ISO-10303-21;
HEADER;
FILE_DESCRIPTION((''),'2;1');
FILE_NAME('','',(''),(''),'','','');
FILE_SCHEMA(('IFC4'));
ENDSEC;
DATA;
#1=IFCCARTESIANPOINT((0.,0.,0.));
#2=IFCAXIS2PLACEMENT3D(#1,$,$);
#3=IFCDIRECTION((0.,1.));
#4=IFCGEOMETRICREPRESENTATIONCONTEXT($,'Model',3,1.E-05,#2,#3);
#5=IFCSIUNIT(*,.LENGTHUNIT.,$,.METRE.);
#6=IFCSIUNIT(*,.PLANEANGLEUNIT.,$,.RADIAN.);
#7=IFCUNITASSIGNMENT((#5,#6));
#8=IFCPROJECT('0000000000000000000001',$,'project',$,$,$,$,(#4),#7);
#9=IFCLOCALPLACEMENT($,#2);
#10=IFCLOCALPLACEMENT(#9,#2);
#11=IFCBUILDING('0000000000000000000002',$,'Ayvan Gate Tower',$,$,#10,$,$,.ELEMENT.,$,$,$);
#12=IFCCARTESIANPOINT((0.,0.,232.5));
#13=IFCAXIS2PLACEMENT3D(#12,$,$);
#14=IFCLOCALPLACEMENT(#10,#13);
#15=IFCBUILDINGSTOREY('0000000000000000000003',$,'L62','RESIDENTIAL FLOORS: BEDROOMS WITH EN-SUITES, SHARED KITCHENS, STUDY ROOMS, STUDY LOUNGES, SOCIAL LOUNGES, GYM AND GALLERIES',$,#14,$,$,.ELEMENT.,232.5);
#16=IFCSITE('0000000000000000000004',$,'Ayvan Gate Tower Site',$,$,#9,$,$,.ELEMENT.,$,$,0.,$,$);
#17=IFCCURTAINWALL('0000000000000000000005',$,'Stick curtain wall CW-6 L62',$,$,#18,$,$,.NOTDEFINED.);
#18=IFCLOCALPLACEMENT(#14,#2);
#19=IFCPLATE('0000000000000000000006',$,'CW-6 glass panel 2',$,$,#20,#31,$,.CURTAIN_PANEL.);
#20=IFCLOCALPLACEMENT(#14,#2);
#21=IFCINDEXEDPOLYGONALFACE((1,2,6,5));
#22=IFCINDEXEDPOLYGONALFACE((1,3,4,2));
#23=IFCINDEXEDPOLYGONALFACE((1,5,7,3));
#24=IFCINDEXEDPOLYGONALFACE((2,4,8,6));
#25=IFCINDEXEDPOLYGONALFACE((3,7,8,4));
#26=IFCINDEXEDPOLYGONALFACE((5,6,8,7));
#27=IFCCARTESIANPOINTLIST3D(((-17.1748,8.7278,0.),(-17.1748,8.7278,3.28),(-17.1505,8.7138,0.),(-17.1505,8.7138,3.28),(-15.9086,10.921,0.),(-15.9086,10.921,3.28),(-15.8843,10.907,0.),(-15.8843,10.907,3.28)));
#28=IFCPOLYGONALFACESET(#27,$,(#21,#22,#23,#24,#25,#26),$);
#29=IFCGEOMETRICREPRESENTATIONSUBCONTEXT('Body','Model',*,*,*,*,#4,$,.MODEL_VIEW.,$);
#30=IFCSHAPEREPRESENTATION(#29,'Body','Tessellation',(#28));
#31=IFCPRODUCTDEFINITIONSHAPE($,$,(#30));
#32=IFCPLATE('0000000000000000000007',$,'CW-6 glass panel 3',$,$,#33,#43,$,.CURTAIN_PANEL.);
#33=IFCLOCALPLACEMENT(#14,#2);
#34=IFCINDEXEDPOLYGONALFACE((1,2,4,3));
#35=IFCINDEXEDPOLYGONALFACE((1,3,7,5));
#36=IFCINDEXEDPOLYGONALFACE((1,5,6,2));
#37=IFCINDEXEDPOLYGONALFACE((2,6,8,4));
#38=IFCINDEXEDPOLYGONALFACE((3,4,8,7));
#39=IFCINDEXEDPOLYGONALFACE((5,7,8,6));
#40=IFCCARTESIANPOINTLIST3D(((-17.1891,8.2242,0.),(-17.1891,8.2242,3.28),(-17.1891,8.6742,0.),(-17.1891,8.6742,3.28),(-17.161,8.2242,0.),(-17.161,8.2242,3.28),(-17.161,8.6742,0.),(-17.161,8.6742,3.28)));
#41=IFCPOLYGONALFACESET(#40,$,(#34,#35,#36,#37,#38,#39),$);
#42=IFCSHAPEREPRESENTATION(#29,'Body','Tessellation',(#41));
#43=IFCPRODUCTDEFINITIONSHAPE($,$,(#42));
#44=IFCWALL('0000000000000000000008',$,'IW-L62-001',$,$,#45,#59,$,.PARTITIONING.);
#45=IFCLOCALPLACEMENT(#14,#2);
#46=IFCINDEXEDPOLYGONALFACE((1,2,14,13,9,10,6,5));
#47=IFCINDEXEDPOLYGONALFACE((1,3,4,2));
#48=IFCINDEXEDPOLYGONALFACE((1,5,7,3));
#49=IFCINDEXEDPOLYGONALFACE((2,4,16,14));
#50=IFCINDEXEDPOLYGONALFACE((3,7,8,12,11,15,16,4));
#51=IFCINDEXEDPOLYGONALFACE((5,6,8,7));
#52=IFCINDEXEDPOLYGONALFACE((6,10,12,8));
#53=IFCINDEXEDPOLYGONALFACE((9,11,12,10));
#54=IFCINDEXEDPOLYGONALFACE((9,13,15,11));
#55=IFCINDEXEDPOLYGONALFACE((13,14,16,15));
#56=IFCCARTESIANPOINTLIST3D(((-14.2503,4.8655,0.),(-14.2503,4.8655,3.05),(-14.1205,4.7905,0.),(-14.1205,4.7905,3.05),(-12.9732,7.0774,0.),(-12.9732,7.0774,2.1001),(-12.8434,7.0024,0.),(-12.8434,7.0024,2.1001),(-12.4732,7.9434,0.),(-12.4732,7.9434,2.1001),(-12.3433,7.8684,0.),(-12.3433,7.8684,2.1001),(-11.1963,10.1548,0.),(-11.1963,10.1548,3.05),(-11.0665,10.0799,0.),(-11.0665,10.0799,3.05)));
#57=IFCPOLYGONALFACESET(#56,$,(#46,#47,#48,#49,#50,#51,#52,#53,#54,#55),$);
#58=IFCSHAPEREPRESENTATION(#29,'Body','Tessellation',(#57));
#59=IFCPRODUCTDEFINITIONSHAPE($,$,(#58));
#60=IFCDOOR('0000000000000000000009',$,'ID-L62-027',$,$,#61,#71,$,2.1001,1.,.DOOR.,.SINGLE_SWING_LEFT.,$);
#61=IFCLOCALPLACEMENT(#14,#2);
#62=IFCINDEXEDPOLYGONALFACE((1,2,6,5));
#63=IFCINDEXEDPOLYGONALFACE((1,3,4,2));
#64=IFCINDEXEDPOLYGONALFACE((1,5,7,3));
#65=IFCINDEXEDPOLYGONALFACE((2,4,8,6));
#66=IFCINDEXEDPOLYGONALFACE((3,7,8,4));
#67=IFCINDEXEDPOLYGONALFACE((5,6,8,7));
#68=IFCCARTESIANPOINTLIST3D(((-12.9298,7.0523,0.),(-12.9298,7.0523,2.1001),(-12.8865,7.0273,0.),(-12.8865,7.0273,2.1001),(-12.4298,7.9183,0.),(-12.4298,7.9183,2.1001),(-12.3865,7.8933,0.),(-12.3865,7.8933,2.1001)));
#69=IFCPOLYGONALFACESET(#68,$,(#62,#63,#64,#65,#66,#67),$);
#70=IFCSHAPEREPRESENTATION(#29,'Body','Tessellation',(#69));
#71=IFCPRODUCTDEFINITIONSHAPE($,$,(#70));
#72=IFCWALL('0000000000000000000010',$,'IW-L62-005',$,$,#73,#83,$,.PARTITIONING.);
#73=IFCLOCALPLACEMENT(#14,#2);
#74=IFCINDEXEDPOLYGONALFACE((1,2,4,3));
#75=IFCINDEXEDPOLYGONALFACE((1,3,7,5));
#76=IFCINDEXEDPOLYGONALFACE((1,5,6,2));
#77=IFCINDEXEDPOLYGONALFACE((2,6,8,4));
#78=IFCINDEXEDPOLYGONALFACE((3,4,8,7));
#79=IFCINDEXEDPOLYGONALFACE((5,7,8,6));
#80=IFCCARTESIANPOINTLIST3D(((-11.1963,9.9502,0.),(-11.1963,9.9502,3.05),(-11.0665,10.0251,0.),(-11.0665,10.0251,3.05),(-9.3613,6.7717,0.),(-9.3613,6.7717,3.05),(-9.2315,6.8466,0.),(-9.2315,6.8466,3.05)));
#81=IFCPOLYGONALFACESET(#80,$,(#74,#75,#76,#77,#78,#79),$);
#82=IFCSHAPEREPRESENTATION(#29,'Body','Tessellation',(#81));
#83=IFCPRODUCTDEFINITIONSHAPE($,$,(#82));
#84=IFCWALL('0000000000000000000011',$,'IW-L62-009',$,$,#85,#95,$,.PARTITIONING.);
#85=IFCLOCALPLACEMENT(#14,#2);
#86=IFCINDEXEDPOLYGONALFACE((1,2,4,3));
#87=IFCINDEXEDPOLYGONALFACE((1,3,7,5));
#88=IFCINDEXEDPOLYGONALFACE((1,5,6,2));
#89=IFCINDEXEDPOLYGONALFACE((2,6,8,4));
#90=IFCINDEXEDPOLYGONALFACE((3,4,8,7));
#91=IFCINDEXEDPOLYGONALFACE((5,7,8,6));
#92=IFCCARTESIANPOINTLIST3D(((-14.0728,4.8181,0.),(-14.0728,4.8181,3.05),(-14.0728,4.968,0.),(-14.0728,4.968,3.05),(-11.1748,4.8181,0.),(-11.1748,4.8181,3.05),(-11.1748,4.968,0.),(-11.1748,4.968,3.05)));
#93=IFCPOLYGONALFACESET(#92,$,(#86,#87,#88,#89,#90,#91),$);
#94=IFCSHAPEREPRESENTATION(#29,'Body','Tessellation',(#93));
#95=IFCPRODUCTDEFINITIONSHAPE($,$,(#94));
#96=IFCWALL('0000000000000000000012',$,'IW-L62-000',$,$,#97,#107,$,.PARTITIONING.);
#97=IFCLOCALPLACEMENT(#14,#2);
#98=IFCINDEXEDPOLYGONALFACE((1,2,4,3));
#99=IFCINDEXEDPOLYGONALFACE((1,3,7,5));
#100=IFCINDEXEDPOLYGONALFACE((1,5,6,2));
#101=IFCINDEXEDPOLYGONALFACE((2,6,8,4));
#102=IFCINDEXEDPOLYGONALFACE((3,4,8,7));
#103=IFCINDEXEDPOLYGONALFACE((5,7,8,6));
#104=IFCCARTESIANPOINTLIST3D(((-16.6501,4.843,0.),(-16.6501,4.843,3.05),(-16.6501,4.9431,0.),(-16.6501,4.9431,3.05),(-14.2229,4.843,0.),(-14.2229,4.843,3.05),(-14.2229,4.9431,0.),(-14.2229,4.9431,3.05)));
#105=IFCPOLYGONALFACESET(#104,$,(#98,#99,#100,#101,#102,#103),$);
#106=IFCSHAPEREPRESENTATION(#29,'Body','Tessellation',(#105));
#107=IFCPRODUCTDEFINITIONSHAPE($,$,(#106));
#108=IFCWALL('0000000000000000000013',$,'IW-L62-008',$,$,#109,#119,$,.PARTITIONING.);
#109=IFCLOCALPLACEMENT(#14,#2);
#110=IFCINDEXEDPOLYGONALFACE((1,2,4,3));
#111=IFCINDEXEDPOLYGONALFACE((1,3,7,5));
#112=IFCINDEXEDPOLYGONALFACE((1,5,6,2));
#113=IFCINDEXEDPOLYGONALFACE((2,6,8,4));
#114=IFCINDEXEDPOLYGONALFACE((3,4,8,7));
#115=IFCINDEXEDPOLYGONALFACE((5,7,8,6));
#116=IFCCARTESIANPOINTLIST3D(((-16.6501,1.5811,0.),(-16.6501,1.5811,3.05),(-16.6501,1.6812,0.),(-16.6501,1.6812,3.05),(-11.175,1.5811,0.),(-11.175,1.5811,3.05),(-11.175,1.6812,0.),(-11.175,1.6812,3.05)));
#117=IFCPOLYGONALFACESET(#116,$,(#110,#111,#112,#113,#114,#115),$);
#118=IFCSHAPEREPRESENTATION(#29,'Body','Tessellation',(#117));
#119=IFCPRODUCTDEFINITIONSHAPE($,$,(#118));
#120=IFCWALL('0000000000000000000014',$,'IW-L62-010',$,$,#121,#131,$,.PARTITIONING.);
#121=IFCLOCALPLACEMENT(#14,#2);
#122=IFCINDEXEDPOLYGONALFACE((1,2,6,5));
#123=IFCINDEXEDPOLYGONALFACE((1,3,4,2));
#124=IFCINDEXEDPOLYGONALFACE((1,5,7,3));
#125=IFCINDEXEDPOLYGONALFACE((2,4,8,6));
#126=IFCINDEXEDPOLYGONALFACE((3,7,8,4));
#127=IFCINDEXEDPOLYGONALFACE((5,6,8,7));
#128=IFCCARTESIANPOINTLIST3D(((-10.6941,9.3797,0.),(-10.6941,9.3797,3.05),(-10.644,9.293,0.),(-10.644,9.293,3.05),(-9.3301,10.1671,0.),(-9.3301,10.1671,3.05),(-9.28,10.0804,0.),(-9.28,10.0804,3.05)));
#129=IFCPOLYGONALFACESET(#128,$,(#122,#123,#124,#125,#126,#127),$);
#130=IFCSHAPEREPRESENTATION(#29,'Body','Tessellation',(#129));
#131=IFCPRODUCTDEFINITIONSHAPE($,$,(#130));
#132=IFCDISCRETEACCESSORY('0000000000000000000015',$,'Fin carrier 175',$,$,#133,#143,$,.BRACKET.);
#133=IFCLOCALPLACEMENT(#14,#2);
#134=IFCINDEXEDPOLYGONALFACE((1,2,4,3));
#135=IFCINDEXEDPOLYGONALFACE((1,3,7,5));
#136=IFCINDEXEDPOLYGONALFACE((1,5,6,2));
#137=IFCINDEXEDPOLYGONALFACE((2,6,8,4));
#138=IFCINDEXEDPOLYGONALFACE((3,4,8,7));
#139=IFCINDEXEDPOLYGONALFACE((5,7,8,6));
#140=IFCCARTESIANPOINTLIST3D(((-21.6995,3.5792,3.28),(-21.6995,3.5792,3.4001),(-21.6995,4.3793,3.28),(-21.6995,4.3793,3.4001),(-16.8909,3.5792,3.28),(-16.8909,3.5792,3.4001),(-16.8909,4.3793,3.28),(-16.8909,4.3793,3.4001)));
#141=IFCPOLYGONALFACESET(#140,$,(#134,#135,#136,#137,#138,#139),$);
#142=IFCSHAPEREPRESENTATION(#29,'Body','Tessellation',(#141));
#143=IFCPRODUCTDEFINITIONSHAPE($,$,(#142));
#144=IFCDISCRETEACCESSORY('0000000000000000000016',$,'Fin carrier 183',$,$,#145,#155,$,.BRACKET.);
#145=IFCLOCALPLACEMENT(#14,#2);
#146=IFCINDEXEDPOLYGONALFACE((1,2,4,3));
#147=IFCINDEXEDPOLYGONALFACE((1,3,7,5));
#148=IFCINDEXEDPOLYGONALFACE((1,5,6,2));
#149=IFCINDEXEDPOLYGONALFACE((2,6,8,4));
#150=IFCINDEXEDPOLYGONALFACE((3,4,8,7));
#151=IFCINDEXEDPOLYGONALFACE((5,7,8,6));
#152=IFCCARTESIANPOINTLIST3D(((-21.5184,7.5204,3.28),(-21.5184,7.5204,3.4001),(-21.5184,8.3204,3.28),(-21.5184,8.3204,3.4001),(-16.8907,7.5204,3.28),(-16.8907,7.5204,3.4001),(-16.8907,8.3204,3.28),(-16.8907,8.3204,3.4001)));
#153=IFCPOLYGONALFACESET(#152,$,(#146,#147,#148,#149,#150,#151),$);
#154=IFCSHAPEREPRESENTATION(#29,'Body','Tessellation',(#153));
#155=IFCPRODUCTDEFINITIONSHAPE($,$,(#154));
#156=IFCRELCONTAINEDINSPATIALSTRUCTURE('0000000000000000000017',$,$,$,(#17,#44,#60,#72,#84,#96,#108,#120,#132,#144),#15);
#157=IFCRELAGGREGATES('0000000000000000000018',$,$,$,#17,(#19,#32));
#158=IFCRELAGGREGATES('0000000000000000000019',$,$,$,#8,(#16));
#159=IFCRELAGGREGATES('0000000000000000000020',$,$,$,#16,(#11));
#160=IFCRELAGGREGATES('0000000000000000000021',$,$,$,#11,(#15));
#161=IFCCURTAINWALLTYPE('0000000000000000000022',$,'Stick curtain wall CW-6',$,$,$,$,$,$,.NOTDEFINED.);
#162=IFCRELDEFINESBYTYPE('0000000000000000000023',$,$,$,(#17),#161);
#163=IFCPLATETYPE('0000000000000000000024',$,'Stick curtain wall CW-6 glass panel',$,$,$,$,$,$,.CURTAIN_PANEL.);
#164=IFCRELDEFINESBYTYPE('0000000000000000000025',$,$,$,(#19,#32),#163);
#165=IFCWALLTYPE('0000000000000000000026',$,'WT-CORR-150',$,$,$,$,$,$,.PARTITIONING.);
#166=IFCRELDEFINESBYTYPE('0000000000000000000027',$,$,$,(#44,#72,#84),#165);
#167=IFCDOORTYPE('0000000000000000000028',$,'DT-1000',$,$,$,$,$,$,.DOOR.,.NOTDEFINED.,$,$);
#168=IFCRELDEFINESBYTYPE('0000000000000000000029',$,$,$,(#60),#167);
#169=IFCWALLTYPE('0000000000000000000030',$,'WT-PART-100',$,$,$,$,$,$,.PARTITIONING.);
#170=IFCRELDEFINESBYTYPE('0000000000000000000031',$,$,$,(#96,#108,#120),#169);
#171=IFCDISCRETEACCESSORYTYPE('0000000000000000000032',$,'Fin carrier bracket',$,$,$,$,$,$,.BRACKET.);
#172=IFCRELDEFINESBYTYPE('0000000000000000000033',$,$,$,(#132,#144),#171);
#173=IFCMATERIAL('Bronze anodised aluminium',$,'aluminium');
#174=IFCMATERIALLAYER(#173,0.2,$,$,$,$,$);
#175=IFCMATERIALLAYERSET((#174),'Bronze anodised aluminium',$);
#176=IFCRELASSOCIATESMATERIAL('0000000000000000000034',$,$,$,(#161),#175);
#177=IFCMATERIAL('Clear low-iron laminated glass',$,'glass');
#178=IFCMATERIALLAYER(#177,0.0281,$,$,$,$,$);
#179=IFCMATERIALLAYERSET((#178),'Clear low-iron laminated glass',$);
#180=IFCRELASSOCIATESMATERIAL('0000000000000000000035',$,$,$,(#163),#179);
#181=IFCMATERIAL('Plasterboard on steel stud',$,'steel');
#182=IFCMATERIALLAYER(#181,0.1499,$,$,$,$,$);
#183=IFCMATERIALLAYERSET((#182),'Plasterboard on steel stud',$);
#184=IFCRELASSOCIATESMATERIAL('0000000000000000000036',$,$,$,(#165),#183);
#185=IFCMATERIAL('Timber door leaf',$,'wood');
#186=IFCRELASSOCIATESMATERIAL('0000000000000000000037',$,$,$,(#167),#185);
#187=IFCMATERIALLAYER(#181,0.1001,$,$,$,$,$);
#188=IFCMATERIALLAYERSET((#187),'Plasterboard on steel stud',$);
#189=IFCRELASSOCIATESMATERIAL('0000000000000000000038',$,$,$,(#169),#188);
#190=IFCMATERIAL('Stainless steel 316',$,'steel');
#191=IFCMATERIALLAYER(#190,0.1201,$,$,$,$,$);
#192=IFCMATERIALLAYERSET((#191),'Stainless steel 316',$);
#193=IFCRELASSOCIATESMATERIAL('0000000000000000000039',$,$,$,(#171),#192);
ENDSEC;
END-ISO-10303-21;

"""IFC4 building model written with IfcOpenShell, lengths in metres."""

from ifc_helpers import new_model, si_unit, direction, frame, frame_2d, origin, origin_2d, place, context, subcontext, project, spatial, rectangle, extrude, material, layer, layer_set, type_object, element, fill, aggregate, save


model = new_model("IFC4")

# Units and contexts
model_context = context("Model", 3, precision=1e-05, world=origin(), true_north=direction((0.0, 1.0)))
body_context = subcontext(model_context, "Body", "Model", "MODEL_VIEW")
ifc_project = project(units=[si_unit("LENGTHUNIT", "METRE"), si_unit("PLANEANGLEUNIT", "RADIAN")], contexts=[model_context])

# Site, building, storey
site_placement = place(None, origin())
site = spatial("IfcSite", under=ifc_project, at=site_placement, Name="Ayvan Gate Tower Site", CompositionType="ELEMENT", RefElevation=0.0)
building_placement = place(site_placement, origin())
building = spatial("IfcBuilding", under=site, at=building_placement, Name="Ayvan Gate Tower", CompositionType="ELEMENT")
storey_placement = place(building_placement, frame((0.0, 0.0, 232.5)))
storey = spatial("IfcBuildingStorey", under=building, at=storey_placement, Name="L62", Description="RESIDENTIAL FLOORS: BEDROOMS WITH EN-SUITES, SHARED KITCHENS, STUDY ROOMS, STUDY LOUNGES, SOCIAL LOUNGES, GYM AND GALLERIES", CompositionType="ELEMENT", Elevation=232.5)

# Curtain wall
ifc_material_1 = material(Name="Bronze anodised aluminium", Category="aluminium")
ifc_layer_1 = layer(ifc_material_1, 0.2)
ifc_layer_set_1 = layer_set([ifc_layer_1], Name="Bronze anodised aluminium")
curtain_wall_type_1 = type_object("IfcCurtainWallType", Name="Stick curtain wall CW-6", PredefinedType="NOTDEFINED", material=ifc_layer_set_1)
curtain_wall_1_placement = place(storey_placement, origin())
curtain_wall_1 = element("IfcCurtainWall", 1, at=curtain_wall_1_placement, inside=storey, type_object=curtain_wall_type_1, Name="Stick curtain wall CW-6 L62", PredefinedType="NOTDEFINED")

# Plates
ifc_material_2 = material(Name="Clear low-iron laminated glass", Category="glass")
ifc_layer_2 = layer(ifc_material_2, 0.0281)
ifc_layer_set_2 = layer_set([ifc_layer_2], Name="Clear low-iron laminated glass")
plate_type_1 = type_object("IfcPlateType", Name="Stick curtain wall CW-6 glass panel", PredefinedType="CURTAIN_PANEL", material=ifc_layer_set_2)
plate_1_placement = place(storey_placement, frame((-16.5295, 9.8174, 0.0), z_axis=(0.0, 0.0, 1.0), x_axis=(-0.5, -0.866025, 0.0)))
plate_1 = element("IfcPlate", 2, at=plate_1_placement, type_object=plate_type_1, Name="CW-6 glass panel 2", PredefinedType="CURTAIN_PANEL", context=body_context, shape_type="SweptSolid", body=[
    extrude(rectangle(XDim=2.5325, YDim=0.0281, at=origin_2d()), origin(), (0.0, 0.0, 1.0), 3.28),
])
plate_2_placement = place(storey_placement, frame((-17.175, 8.4492, 0.0), z_axis=(0.0, 0.0, 1.0), x_axis=(0.0, -1.0, 0.0)))
plate_2 = element("IfcPlate", 3, at=plate_2_placement, type_object=plate_type_1, Name="CW-6 glass panel 3", PredefinedType="CURTAIN_PANEL", context=body_context, shape_type="SweptSolid", body=[
    extrude(rectangle(XDim=0.45, YDim=0.0281, at=origin_2d()), origin(), (0.0, 0.0, 1.0), 3.28),
])
aggregate(curtain_wall_1, [plate_1, plate_2])

# Wall, opening, door
ifc_material_3 = material(Name="Plasterboard on steel stud", Category="steel")
ifc_layer_3 = layer(ifc_material_3, 0.1499)
ifc_layer_set_3 = layer_set([ifc_layer_3], Name="Plasterboard on steel stud")
wall_type_1 = type_object("IfcWallType", Name="WT-CORR-150", PredefinedType="PARTITIONING", material=ifc_layer_set_3)
wall_1_placement = place(storey_placement, frame((-14.1853, 4.8281, 0.0), z_axis=(0.0, 0.0, 1.0), x_axis=(0.500021, 0.866013, 0.0)))
wall_1 = element("IfcWall", 4, at=wall_1_placement, inside=storey, type_object=wall_type_1, Name="IW-L62-001", PredefinedType="PARTITIONING", context=body_context, shape_type="SweptSolid", body=[
    extrude(rectangle(XDim=6.1077, YDim=0.1499, at=frame_2d((3.0537, 0.0))), origin(), (0.0, 0.0, 1.0), 3.05),
])
opening_placement = place(wall_1_placement, frame((2.554, 0.0, 0.0)))
opening = element("IfcOpeningElement", 5, at=opening_placement, cuts=wall_1, PredefinedType="OPENING", context=body_context, shape_type="SweptSolid", body=[
    extrude(rectangle(XDim=1.0, YDim=2.1001, at=frame_2d((0.5, 1.05))), frame((0.0, 0.085, 0.0), z_axis=(0.0, -1.0, 0.0), x_axis=(1.0, 0.0, 0.0)), (0.0, 0.0, 1.0), 0.1699),
])
ifc_material_4 = material(Name="Timber door leaf", Category="wood")
door_type = type_object("IfcDoorType", Name="DT-1000", OperationType="NOTDEFINED", PredefinedType="DOOR", material=ifc_material_4)
door_placement = place(opening_placement, origin())
door = element("IfcDoor", 6, at=door_placement, inside=storey, type_object=door_type, Name="ID-L62-027", OperationType="SINGLE_SWING_LEFT", OverallHeight=2.1001, OverallWidth=1.0, PredefinedType="DOOR", context=body_context, shape_type="SweptSolid", body=[
    extrude(rectangle(XDim=1.0, YDim=2.1001, at=frame_2d((0.5, 1.05))), frame((0.0, 0.0249, 0.0), z_axis=(0.0, -1.0, 0.0), x_axis=(1.0, 0.0, 0.0)), (0.0, 0.0, 1.0), 0.05),
])
fill(opening, door)

# Walls
wall_2_placement = place(storey_placement, frame((-11.1313, 9.9875, 0.0), z_axis=(0.0, 0.0, 1.0), x_axis=(0.499974, -0.86604, 0.0)))
element("IfcWall", 7, at=wall_2_placement, inside=storey, type_object=wall_type_1, Name="IW-L62-005", PredefinedType="PARTITIONING", context=body_context, shape_type="SweptSolid", body=[
    extrude(rectangle(XDim=3.6702, YDim=0.1499, at=frame_2d((1.835, 0.0))), origin(), (0.0, 0.0, 1.0), 3.05),
])
wall_3_placement = place(storey_placement, frame((-11.1748, 4.8931, 0.0), z_axis=(0.0, 0.0, 1.0), x_axis=(-1.0, 0.0, 0.0)))
element("IfcWall", 8, at=wall_3_placement, inside=storey, type_object=wall_type_1, Name="IW-L62-009", PredefinedType="PARTITIONING", context=body_context, shape_type="SweptSolid", body=[
    extrude(rectangle(XDim=2.8979, YDim=0.1499, at=frame_2d((1.449, 0.0))), origin(), (0.0, 0.0, 1.0), 3.05),
])
ifc_layer_4 = layer(ifc_material_3, 0.1001)
ifc_layer_set_4 = layer_set([ifc_layer_4], Name="Plasterboard on steel stud")
wall_type_2 = type_object("IfcWallType", Name="WT-PART-100", PredefinedType="PARTITIONING", material=ifc_layer_set_4)
wall_4_placement = place(storey_placement, frame((-14.2229, 4.8931, 0.0), z_axis=(0.0, 0.0, 1.0), x_axis=(-1.0, 0.0, 0.0)))
element("IfcWall", 9, at=wall_4_placement, inside=storey, type_object=wall_type_2, Name="IW-L62-000", PredefinedType="PARTITIONING", context=body_context, shape_type="SweptSolid", body=[
    extrude(rectangle(XDim=2.4272, YDim=0.1001, at=frame_2d((1.2136, 0.0))), origin(), (0.0, 0.0, 1.0), 3.05),
])
wall_5_placement = place(storey_placement, frame((-11.175, 1.6311, 0.0), z_axis=(0.0, 0.0, 1.0), x_axis=(-1.0, 0.0, 0.0)))
element("IfcWall", 10, at=wall_5_placement, inside=storey, type_object=wall_type_2, Name="IW-L62-008", PredefinedType="PARTITIONING", context=body_context, shape_type="SweptSolid", body=[
    extrude(rectangle(XDim=5.4751, YDim=0.1001, at=frame_2d((2.7375, 0.0))), origin(), (0.0, 0.0, 1.0), 3.05),
])
wall_6_placement = place(storey_placement, frame((-9.3049, 10.1238, 0.0), z_axis=(0.0, 0.0, 1.0), x_axis=(-0.866069, -0.499924, 0.0)))
element("IfcWall", 11, at=wall_6_placement, inside=storey, type_object=wall_type_2, Name="IW-L62-010", PredefinedType="PARTITIONING", context=body_context, shape_type="SweptSolid", body=[
    extrude(rectangle(XDim=1.575, YDim=0.1001, at=frame_2d((0.7876, 0.0))), origin(), (0.0, 0.0, 1.0), 3.05),
])

# Discrete accessories
ifc_material_5 = material(Name="Stainless steel 316", Category="steel")
ifc_layer_5 = layer(ifc_material_5, 0.1201)
ifc_layer_set_5 = layer_set([ifc_layer_5], Name="Stainless steel 316")
discrete_accessory_type = type_object("IfcDiscreteAccessoryType", Name="Fin carrier bracket", PredefinedType="BRACKET", material=ifc_layer_set_5)
discrete_accessory_1_placement = place(storey_placement, frame((-19.2952, 3.9792, 3.28), z_axis=(0.0, 0.0, 1.0), x_axis=(0.0, -1.0, 0.0)))
element("IfcDiscreteAccessory", 12, at=discrete_accessory_1_placement, inside=storey, type_object=discrete_accessory_type, Name="Fin carrier 175", PredefinedType="BRACKET", context=body_context, shape_type="SweptSolid", body=[
    extrude(rectangle(XDim=0.8, YDim=4.8086, at=origin_2d()), origin(), (0.0, 0.0, 1.0), 0.1201),
])
discrete_accessory_2_placement = place(storey_placement, frame((-19.2046, 7.9204, 3.28), z_axis=(0.0, 0.0, 1.0), x_axis=(0.0, -1.0, 0.0)))
element("IfcDiscreteAccessory", 13, at=discrete_accessory_2_placement, inside=storey, type_object=discrete_accessory_type, Name="Fin carrier 183", PredefinedType="BRACKET", context=body_context, shape_type="SweptSolid", body=[
    extrude(rectangle(XDim=0.8, YDim=4.6277, at=origin_2d()), origin(), (0.0, 0.0, 1.0), 0.1201),
])

save(model, "model.ifc")
